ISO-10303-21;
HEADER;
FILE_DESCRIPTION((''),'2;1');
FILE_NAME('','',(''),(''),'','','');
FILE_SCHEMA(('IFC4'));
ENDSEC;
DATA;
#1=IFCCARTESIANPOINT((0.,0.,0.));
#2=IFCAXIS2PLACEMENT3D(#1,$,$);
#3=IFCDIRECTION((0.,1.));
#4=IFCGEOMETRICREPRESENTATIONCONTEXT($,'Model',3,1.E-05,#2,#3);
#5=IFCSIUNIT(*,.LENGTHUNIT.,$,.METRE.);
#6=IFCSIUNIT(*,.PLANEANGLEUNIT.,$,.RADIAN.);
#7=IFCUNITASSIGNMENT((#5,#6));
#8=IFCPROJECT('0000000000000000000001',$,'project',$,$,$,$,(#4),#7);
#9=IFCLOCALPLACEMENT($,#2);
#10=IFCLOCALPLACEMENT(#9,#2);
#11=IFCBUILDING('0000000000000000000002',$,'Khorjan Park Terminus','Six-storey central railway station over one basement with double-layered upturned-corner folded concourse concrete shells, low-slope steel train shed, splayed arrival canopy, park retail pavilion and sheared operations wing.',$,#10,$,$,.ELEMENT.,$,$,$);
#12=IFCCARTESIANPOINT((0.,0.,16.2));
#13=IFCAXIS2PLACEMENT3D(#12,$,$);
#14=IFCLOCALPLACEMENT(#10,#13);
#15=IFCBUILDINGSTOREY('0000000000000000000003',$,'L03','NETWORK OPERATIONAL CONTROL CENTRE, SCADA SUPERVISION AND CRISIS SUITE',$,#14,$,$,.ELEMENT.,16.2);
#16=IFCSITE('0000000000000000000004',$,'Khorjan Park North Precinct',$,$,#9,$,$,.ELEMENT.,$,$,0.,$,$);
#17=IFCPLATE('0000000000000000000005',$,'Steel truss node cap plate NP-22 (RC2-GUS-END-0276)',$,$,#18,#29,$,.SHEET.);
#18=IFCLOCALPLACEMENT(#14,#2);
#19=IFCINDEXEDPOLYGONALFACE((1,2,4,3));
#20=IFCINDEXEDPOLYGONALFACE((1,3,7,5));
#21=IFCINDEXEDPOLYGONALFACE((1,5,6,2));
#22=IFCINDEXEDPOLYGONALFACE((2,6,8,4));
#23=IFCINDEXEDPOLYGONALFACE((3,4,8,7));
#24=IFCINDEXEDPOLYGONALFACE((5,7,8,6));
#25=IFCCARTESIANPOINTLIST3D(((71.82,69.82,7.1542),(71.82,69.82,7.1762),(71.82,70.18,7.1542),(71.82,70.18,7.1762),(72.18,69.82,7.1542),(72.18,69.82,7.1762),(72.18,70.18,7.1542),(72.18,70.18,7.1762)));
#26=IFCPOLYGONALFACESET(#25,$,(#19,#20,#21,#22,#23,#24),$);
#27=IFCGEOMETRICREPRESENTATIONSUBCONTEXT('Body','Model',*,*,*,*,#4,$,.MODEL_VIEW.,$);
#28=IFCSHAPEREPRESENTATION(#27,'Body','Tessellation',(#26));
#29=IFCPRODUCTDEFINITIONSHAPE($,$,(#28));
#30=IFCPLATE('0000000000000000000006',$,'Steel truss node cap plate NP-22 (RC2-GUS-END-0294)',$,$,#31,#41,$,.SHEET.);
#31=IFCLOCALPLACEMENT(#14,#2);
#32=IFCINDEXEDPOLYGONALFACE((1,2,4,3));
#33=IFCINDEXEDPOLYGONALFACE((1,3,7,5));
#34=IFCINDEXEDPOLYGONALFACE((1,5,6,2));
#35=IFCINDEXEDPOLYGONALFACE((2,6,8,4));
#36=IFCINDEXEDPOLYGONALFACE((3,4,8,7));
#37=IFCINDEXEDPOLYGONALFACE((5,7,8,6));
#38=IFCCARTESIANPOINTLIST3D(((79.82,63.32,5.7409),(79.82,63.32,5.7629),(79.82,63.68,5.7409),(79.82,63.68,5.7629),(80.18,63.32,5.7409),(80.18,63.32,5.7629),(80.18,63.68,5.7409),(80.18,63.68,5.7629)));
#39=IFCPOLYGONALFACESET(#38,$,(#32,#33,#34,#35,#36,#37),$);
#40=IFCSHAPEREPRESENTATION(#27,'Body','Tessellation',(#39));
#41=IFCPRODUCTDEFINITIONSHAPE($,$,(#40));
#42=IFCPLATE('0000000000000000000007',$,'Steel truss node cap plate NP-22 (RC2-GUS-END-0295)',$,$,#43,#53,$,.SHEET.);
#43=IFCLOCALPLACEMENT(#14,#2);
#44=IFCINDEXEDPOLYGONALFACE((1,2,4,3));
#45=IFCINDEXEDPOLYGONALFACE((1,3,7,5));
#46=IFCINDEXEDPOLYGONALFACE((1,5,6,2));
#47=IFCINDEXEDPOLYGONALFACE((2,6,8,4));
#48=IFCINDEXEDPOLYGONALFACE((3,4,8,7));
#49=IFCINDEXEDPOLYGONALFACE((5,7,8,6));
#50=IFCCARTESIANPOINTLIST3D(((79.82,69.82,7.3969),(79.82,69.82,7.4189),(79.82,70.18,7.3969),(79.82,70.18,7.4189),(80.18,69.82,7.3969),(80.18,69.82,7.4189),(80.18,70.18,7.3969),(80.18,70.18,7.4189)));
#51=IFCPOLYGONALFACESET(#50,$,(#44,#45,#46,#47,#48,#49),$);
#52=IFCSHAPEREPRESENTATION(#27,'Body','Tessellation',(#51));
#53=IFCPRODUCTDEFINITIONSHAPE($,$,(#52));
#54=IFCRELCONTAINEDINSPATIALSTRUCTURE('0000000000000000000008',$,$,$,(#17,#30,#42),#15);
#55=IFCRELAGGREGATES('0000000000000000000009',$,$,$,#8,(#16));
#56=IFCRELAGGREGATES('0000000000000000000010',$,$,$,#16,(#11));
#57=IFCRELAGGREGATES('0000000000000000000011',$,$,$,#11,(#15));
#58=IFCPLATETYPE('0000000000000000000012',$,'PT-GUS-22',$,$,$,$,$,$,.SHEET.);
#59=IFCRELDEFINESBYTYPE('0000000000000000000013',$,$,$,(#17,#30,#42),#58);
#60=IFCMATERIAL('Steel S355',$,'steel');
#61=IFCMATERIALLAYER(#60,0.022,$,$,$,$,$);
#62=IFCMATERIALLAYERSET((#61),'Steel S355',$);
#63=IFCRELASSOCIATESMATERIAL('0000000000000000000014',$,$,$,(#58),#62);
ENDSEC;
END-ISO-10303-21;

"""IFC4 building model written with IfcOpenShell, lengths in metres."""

from ifc_helpers import new_model, si_unit, direction, frame, origin, origin_2d, place, context, subcontext, project, spatial, rectangle, extrude, material, layer, layer_set, type_object, element, save


model = new_model("IFC4")

# Units and contexts
model_context = context("Model", 3, precision=1e-05, world=origin(), true_north=direction((0.0, 1.0)))
body_context = subcontext(model_context, "Body", "Model", "MODEL_VIEW")
ifc_project = project(units=[si_unit("LENGTHUNIT", "METRE"), si_unit("PLANEANGLEUNIT", "RADIAN")], contexts=[model_context])

# Site, building, storey
site_placement = place(None, origin())
site = spatial("IfcSite", under=ifc_project, at=site_placement, Name="Khorjan Park North Precinct", CompositionType="ELEMENT", RefElevation=0.0)
building_placement = place(site_placement, origin())
building = spatial("IfcBuilding", under=site, at=building_placement, Name="Khorjan Park Terminus", Description="Six-storey central railway station over one basement with double-layered upturned-corner folded concourse concrete shells, low-slope steel train shed, splayed arrival canopy, park retail pavilion and sheared operations wing.", CompositionType="ELEMENT")
storey_placement = place(building_placement, frame((0.0, 0.0, 16.2)))
storey = spatial("IfcBuildingStorey", under=building, at=storey_placement, Name="L03", Description="NETWORK OPERATIONAL CONTROL CENTRE, SCADA SUPERVISION AND CRISIS SUITE", CompositionType="ELEMENT", Elevation=16.2)

# Shared definitions
ifc_material = material(Name="Steel S355", Category="steel")

# Plates
ifc_layer = layer(ifc_material, 0.022)
ifc_layer_set = layer_set([ifc_layer], Name="Steel S355")
plate_type = type_object("IfcPlateType", Name="PT-GUS-22", PredefinedType="SHEET", material=ifc_layer_set)
for number, where, z_axis, x_axis, name in (
    (1, (72.0, 70.0, 7.1542), (0.0, 0.0, 1.0), (1.0, 0.0, 0.0), "Steel truss node cap plate NP-22 (RC2-GUS-END-0276)"),
    (2, (80.0, 63.5, 5.7409), (0.0, 0.0, 1.0), (1.0, 0.0, 0.0), "Steel truss node cap plate NP-22 (RC2-GUS-END-0294)"),
    (3, (80.0, 70.0, 7.3969), (0.0, 0.0, 1.0), (1.0, 0.0, 0.0), "Steel truss node cap plate NP-22 (RC2-GUS-END-0295)"),
):
    element("IfcPlate", number, at=place(storey_placement, frame(where, z_axis=z_axis, x_axis=x_axis)), inside=storey, type_object=plate_type, Name=name, PredefinedType="SHEET", context=body_context, shape_type="SweptSolid", body=[
        extrude(rectangle(XDim=0.36, YDim=0.36, at=origin_2d()), origin(), (0.0, 0.0, 1.0), 0.022),
    ])

save(model, "model.ifc")
